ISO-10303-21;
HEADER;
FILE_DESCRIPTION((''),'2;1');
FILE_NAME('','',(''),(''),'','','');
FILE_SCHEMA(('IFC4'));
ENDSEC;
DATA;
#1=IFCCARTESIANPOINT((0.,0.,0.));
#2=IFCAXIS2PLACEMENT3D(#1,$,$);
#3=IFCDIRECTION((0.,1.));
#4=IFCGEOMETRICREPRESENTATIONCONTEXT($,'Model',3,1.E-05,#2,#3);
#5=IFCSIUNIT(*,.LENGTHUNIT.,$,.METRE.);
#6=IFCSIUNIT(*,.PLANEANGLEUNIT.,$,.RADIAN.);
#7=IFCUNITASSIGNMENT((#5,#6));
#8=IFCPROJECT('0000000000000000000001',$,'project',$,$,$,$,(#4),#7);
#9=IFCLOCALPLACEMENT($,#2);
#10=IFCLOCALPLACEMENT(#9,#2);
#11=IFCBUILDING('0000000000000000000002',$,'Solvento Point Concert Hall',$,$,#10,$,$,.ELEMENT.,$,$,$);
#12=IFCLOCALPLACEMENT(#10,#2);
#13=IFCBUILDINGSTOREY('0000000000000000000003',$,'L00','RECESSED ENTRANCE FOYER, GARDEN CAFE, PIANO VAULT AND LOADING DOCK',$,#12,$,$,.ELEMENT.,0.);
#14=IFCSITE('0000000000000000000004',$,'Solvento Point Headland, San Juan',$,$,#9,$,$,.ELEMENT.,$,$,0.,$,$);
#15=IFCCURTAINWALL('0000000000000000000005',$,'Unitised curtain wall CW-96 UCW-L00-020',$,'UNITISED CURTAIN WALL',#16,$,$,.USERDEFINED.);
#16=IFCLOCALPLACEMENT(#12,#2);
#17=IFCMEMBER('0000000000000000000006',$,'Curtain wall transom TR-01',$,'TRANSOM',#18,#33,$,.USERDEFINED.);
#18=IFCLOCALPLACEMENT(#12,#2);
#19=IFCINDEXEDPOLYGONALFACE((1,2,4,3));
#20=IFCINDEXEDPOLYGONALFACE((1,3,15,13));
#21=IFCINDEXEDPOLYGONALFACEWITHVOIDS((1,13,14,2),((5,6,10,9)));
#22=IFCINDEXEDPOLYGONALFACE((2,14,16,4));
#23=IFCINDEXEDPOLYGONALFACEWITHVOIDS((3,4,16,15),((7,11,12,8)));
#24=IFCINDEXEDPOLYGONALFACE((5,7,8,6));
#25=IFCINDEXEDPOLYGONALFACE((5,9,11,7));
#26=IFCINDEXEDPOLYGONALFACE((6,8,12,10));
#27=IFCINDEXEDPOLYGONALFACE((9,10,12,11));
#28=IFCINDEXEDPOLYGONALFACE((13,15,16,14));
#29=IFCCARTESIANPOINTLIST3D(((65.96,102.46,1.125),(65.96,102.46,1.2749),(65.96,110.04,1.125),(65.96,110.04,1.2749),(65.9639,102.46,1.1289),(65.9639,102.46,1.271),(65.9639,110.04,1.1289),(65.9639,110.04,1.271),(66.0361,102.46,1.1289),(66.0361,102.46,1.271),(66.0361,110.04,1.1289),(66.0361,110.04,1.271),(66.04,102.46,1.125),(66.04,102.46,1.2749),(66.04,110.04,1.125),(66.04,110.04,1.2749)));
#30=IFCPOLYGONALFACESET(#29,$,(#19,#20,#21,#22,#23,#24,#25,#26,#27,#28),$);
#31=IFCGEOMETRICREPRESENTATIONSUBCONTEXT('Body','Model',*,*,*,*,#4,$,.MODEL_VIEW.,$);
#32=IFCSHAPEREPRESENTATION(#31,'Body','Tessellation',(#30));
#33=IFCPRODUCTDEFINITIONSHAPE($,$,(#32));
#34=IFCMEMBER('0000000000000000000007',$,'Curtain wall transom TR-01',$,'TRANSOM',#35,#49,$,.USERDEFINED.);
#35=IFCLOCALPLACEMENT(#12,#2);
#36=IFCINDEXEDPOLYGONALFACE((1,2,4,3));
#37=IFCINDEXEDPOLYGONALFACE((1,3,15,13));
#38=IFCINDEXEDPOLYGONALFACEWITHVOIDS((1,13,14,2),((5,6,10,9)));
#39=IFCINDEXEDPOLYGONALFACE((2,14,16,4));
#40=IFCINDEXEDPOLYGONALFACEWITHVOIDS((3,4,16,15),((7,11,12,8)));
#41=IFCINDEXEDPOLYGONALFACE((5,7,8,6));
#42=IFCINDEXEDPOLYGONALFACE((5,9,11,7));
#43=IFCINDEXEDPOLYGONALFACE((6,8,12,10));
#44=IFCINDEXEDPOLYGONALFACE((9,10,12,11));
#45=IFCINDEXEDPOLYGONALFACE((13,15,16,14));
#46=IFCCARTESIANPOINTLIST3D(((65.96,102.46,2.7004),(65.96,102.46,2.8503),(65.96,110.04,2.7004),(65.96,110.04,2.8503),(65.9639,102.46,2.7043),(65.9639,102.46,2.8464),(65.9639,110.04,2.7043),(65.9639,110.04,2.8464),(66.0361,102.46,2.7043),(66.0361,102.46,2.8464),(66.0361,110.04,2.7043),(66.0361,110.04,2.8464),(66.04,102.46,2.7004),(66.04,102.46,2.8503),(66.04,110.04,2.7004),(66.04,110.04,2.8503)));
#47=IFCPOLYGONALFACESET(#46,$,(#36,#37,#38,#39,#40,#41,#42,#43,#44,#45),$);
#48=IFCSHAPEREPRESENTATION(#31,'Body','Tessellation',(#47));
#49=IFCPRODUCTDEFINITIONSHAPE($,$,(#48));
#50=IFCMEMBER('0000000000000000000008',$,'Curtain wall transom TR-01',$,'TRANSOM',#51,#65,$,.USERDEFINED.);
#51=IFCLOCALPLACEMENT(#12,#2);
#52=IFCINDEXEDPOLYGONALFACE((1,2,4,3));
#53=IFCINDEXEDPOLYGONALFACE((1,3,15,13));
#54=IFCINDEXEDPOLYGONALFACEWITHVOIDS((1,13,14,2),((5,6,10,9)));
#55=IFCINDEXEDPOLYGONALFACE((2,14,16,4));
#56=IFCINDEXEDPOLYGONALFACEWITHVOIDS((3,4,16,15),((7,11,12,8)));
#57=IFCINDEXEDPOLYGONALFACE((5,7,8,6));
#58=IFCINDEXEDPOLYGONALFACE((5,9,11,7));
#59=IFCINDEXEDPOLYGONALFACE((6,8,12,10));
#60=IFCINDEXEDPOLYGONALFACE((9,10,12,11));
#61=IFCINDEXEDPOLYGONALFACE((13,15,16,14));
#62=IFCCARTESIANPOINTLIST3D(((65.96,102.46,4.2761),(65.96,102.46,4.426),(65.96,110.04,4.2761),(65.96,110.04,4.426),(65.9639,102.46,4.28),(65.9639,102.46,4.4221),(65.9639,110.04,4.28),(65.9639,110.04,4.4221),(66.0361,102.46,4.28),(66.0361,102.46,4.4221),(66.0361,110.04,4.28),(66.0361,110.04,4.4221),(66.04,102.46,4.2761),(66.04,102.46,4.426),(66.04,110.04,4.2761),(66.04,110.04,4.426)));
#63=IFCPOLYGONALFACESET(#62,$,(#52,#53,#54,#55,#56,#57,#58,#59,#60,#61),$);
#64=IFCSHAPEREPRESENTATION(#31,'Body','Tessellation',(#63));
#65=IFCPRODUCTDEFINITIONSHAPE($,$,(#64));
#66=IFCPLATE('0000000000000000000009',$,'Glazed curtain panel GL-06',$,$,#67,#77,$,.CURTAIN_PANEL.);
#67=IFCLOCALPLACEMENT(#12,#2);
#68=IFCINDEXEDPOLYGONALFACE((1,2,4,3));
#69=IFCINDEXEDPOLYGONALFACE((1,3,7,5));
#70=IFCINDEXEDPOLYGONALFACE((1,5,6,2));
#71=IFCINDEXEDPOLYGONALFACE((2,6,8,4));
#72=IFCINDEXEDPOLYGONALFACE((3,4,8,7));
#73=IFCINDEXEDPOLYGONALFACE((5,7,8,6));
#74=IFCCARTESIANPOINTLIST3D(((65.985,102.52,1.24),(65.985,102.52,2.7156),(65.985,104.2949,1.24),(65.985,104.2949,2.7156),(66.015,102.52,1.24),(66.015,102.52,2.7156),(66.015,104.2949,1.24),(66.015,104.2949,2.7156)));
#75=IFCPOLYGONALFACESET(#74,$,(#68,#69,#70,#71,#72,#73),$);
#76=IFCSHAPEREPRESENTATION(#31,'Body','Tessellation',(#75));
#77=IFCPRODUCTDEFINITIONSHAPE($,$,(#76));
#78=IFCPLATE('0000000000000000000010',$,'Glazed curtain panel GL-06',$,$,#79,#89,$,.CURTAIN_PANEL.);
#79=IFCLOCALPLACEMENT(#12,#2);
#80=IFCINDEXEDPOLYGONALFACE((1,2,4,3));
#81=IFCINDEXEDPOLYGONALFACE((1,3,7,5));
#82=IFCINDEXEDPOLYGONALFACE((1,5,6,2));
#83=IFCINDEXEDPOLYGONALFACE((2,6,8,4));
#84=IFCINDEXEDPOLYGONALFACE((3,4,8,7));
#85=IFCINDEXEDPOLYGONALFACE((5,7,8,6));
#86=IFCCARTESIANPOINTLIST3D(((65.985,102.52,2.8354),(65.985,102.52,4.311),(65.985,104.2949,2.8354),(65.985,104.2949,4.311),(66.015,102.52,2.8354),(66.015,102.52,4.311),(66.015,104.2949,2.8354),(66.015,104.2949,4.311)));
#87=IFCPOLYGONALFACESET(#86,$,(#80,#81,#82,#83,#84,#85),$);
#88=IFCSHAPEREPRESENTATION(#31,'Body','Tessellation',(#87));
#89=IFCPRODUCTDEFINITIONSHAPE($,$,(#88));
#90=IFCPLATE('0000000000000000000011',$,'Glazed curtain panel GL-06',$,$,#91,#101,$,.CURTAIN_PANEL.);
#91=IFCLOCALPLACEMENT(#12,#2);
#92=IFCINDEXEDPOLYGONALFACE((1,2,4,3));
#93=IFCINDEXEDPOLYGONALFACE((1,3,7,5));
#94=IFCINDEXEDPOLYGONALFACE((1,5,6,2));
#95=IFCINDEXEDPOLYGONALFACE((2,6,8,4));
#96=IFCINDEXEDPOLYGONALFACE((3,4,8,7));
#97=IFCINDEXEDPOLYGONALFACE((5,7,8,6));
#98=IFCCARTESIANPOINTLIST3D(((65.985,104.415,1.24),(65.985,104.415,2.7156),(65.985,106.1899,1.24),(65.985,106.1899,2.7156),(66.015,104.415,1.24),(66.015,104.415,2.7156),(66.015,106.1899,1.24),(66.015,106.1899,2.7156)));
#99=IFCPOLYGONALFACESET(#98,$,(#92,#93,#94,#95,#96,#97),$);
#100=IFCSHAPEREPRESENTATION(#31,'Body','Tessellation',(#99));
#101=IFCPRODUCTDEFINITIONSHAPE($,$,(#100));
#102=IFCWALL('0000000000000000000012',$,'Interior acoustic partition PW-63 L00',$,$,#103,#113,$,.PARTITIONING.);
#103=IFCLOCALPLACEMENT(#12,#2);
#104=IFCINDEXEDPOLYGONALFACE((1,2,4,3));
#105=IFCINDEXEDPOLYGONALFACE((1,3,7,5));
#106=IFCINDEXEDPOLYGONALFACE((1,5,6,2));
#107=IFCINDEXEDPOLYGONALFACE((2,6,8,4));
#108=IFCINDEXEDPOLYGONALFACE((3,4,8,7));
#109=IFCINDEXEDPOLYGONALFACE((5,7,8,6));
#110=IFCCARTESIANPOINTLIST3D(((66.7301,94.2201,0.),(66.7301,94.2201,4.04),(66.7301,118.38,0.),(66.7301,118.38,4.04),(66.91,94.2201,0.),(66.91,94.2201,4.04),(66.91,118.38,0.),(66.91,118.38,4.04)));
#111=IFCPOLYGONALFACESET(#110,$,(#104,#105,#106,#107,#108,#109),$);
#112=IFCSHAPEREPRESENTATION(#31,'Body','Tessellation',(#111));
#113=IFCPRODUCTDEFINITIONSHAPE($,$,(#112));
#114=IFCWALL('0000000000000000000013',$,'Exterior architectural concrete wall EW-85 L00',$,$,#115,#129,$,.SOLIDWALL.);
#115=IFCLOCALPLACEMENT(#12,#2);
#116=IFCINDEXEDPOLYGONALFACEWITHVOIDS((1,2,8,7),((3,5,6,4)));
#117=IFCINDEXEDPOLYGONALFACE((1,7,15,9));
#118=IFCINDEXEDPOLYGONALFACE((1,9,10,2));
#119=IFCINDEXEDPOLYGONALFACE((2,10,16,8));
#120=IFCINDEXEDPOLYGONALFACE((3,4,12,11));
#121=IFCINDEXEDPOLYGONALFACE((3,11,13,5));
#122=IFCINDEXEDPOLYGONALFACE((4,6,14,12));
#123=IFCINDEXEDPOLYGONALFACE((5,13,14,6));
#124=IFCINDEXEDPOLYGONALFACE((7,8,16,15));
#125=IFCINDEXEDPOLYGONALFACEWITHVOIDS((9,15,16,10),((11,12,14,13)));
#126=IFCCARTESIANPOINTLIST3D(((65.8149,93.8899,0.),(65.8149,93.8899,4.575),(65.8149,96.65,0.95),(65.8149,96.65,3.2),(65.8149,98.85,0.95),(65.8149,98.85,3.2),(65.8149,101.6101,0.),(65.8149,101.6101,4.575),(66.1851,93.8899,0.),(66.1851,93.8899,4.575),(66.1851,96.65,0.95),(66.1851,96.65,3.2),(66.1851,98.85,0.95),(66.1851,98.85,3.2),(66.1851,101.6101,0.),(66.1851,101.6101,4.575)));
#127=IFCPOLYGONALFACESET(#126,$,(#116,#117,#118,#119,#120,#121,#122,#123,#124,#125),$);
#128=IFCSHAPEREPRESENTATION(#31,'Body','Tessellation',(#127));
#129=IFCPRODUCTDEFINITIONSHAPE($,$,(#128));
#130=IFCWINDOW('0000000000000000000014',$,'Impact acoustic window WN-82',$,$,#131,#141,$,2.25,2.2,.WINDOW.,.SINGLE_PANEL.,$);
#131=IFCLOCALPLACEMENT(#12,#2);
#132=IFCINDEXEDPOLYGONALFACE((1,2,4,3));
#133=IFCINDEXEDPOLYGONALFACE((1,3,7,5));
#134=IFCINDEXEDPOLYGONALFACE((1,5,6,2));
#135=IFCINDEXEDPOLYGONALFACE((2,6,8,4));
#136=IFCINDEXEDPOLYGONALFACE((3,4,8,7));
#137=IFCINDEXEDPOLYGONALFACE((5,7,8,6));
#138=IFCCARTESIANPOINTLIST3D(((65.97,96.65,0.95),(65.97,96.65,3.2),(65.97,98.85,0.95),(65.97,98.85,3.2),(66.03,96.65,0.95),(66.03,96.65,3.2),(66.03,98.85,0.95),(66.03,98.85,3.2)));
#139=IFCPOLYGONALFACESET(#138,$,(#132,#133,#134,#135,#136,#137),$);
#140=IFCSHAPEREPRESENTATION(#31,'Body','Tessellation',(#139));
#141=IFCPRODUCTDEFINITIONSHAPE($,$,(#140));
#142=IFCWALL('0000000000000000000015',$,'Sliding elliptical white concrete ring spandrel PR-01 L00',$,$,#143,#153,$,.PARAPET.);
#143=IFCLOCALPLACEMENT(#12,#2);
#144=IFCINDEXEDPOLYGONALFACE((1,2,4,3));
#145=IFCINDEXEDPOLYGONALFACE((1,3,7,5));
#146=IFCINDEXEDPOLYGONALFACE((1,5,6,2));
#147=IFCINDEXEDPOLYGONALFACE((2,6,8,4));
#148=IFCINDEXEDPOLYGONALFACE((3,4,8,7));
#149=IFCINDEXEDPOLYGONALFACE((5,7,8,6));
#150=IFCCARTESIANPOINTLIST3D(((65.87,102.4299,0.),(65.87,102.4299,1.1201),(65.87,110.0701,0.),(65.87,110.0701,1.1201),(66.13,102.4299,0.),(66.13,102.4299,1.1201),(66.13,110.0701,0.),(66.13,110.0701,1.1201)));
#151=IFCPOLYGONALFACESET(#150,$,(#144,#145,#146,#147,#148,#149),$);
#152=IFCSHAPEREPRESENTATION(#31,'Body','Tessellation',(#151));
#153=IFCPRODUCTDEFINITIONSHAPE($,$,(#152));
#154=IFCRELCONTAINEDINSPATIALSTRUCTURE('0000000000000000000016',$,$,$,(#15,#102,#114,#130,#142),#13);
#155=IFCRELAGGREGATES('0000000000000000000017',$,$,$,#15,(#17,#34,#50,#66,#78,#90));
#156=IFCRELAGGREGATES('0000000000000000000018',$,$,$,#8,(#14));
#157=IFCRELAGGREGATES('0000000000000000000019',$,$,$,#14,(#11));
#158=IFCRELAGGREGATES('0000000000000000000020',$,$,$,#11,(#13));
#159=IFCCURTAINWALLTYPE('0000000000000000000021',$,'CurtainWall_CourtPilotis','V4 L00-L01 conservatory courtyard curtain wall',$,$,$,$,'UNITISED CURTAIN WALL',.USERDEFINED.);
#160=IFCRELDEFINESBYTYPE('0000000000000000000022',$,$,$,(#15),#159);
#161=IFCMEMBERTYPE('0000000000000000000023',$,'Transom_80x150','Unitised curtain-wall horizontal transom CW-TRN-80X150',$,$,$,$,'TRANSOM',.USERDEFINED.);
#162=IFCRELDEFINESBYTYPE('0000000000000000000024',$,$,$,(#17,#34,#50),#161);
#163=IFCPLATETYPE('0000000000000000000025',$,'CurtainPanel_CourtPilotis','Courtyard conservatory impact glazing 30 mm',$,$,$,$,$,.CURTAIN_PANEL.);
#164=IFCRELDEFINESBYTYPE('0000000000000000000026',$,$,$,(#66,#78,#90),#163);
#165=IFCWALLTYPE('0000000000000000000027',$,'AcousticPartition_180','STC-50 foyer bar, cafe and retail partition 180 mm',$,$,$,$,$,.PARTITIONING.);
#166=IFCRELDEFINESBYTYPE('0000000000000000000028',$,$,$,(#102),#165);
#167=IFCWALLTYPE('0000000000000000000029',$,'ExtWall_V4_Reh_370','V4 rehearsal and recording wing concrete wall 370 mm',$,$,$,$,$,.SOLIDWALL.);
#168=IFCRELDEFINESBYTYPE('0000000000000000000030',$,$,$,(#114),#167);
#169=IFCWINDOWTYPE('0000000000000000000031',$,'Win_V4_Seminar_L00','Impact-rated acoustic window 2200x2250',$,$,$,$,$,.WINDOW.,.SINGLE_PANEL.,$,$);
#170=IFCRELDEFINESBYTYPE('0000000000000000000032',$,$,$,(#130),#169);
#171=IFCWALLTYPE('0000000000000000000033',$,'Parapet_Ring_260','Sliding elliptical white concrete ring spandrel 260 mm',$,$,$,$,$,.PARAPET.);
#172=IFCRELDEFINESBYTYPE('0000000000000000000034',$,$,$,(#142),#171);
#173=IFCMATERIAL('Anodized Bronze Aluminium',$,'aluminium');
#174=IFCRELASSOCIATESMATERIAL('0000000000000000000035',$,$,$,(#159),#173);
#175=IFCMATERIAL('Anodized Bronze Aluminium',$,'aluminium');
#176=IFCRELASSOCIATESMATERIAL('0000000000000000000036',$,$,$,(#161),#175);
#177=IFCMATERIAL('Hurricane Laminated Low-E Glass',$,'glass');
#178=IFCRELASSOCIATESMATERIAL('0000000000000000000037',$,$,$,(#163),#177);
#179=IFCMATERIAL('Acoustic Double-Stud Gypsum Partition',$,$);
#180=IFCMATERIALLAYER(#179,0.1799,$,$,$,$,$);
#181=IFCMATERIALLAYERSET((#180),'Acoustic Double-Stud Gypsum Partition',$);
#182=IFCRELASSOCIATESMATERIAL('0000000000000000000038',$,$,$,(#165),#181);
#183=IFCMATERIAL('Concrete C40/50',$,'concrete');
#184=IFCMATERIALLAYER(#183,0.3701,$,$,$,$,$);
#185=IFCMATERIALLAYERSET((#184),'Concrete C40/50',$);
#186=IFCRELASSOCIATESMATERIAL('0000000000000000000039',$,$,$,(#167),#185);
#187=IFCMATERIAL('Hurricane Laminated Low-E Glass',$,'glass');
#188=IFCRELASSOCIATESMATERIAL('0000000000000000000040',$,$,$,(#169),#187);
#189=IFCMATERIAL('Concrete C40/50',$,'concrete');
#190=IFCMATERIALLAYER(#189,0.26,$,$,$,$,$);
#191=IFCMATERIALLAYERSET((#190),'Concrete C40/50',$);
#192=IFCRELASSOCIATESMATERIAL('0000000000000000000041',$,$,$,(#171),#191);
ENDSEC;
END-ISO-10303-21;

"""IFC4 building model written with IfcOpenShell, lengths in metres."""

from ifc_helpers import new_model, si_unit, direction, frame, frame_2d, origin, origin_2d, place, context, subcontext, project, spatial, rectangle, hollow_rectangle, extrude, material, layer, layer_set, material_profile, profile_set, type_object, element, fill, aggregate, save


model = new_model("IFC4")

# Units and contexts
model_context = context("Model", 3, precision=1e-05, world=origin(), true_north=direction((0.0, 1.0)))
body_context = subcontext(model_context, "Body", "Model", "MODEL_VIEW")
ifc_project = project(units=[si_unit("LENGTHUNIT", "METRE"), si_unit("PLANEANGLEUNIT", "RADIAN")], contexts=[model_context])

# Site, building, storey
site_placement = place(None, origin())
site = spatial("IfcSite", under=ifc_project, at=site_placement, Name="Solvento Point Headland, San Juan", CompositionType="ELEMENT", RefElevation=0.0)
building_placement = place(site_placement, origin())
building = spatial("IfcBuilding", under=site, at=building_placement, Name="Solvento Point Concert Hall", CompositionType="ELEMENT")
storey_placement = place(building_placement, origin())
storey = spatial("IfcBuildingStorey", under=building, at=storey_placement, Name="L00", Description="RECESSED ENTRANCE FOYER, GARDEN CAFE, PIANO VAULT AND LOADING DOCK", CompositionType="ELEMENT", Elevation=0.0)

# Curtain wall, members, plates
ifc_material_1 = material(Name="Anodized Bronze Aluminium", Category="aluminium")
curtain_wall_type = type_object("IfcCurtainWallType", Name="CurtainWall_CourtPilotis", Description="V4 L00-L01 conservatory courtyard curtain wall", ElementType="UNITISED CURTAIN WALL", PredefinedType="USERDEFINED", material=ifc_material_1)
curtain_wall_placement = place(storey_placement, origin())
curtain_wall = element("IfcCurtainWall", 1, at=curtain_wall_placement, inside=storey, type_object=curtain_wall_type, Name="Unitised curtain wall CW-96 UCW-L00-020", ObjectType="UNITISED CURTAIN WALL", PredefinedType="USERDEFINED")
ifc_material_2 = material(Name="Anodized Bronze Aluminium", Category="aluminium")
ifc_material_profile_1 = material_profile(ifc_material_2, hollow_rectangle(XDim=0.0801, YDim=0.1499, WallThickness=0.0039, at=origin_2d()), Name="CW-TRN-80X150")
ifc_profile_set_1 = profile_set([ifc_material_profile_1], Name="Anodized Bronze Aluminium")
member_type_1 = type_object("IfcMemberType", Name="Transom_80x150", Description="Unitised curtain-wall horizontal transom CW-TRN-80X150", ElementType="TRANSOM", PredefinedType="USERDEFINED", material=ifc_profile_set_1)
member_1_placement = place(storey_placement, frame((66.0, 102.46, 1.2), z_axis=(0.0, 1.0, 0.0), x_axis=(-1.0, 0.0, 0.0)))
member_1 = element("IfcMember", 2, at=member_1_placement, type_object=member_type_1, Name="Curtain wall transom TR-01", ObjectType="TRANSOM", PredefinedType="USERDEFINED", context=body_context, shape_type="SweptSolid", body=[
    extrude(hollow_rectangle(XDim=0.0801, YDim=0.1499, WallThickness=0.0039, at=origin_2d()), origin(), (0.0, 0.0, 1.0), 7.5801),
])
member_2_placement = place(storey_placement, frame((66.0, 102.46, 2.7754), z_axis=(0.0, 1.0, 0.0), x_axis=(-1.0, 0.0, 0.0)))
member_2 = element("IfcMember", 3, at=member_2_placement, type_object=member_type_1, Name="Curtain wall transom TR-01", ObjectType="TRANSOM", PredefinedType="USERDEFINED", context=body_context, shape_type="SweptSolid", body=[
    extrude(hollow_rectangle(XDim=0.0801, YDim=0.1499, WallThickness=0.0039, at=origin_2d()), origin(), (0.0, 0.0, 1.0), 7.5801),
])
member_3_placement = place(storey_placement, frame((66.0, 102.46, 4.3511), z_axis=(0.0, 1.0, 0.0), x_axis=(-1.0, 0.0, 0.0)))
member_3 = element("IfcMember", 4, at=member_3_placement, type_object=member_type_1, Name="Curtain wall transom TR-01", ObjectType="TRANSOM", PredefinedType="USERDEFINED", context=body_context, shape_type="SweptSolid", body=[
    extrude(hollow_rectangle(XDim=0.0801, YDim=0.1499, WallThickness=0.0039, at=origin_2d()), origin(), (0.0, 0.0, 1.0), 7.5801),
])
ifc_material_3 = material(Name="Hurricane Laminated Low-E Glass", Category="glass")
plate_type = type_object("IfcPlateType", Name="CurtainPanel_CourtPilotis", Description="Courtyard conservatory impact glazing 30 mm", PredefinedType="CURTAIN_PANEL", material=ifc_material_3)
plate_1_placement = place(storey_placement, frame((66.0, 103.4075, 1.24), z_axis=(0.0, 0.0, 1.0), x_axis=(0.0, 1.0, 0.0)))
plate_1 = element("IfcPlate", 5, at=plate_1_placement, type_object=plate_type, Name="Glazed curtain panel GL-06", PredefinedType="CURTAIN_PANEL", context=body_context, shape_type="SweptSolid", body=[
    extrude(rectangle(XDim=1.7749, YDim=0.03, at=origin_2d()), origin(), (0.0, 0.0, 1.0), 1.4756),
])
plate_2_placement = place(storey_placement, frame((66.0, 103.4075, 2.8354), z_axis=(0.0, 0.0, 1.0), x_axis=(0.0, 1.0, 0.0)))
plate_2 = element("IfcPlate", 6, at=plate_2_placement, type_object=plate_type, Name="Glazed curtain panel GL-06", PredefinedType="CURTAIN_PANEL", context=body_context, shape_type="SweptSolid", body=[
    extrude(rectangle(XDim=1.7749, YDim=0.03, at=origin_2d()), origin(), (0.0, 0.0, 1.0), 1.4756),
])
plate_3_placement = place(storey_placement, frame((66.0, 105.3025, 1.24), z_axis=(0.0, 0.0, 1.0), x_axis=(0.0, 1.0, 0.0)))
plate_3 = element("IfcPlate", 7, at=plate_3_placement, type_object=plate_type, Name="Glazed curtain panel GL-06", PredefinedType="CURTAIN_PANEL", context=body_context, shape_type="SweptSolid", body=[
    extrude(rectangle(XDim=1.7749, YDim=0.03, at=origin_2d()), origin(), (0.0, 0.0, 1.0), 1.4756),
])
aggregate(curtain_wall, [member_1, member_2, member_3, plate_1, plate_2, plate_3])

# Wall
ifc_material_4 = material(Name="Acoustic Double-Stud Gypsum Partition")
ifc_layer_1 = layer(ifc_material_4, 0.1799)
ifc_layer_set_1 = layer_set([ifc_layer_1], Name="Acoustic Double-Stud Gypsum Partition")
wall_type_1 = type_object("IfcWallType", Name="AcousticPartition_180", Description="STC-50 foyer bar, cafe and retail partition 180 mm", PredefinedType="PARTITIONING", material=ifc_layer_set_1)
wall_1_placement = place(storey_placement, frame((66.8201, 94.22, 0.0), z_axis=(0.0, 0.0, 1.0), x_axis=(0.0, 1.0, 0.0)))
element("IfcWall", 8, at=wall_1_placement, inside=storey, type_object=wall_type_1, Name="Interior acoustic partition PW-63 L00", PredefinedType="PARTITIONING", context=body_context, shape_type="SweptSolid", body=[
    extrude(rectangle(XDim=24.1599, YDim=0.1799, at=frame_2d((12.0801, 0.0))), origin(), (0.0, 0.0, 1.0), 4.04),
])

# Wall, opening, window
ifc_material_5 = material(Name="Concrete C40/50", Category="concrete")
ifc_layer_2 = layer(ifc_material_5, 0.3701)
ifc_layer_set_2 = layer_set([ifc_layer_2], Name="Concrete C40/50")
wall_type_2 = type_object("IfcWallType", Name="ExtWall_V4_Reh_370", Description="V4 rehearsal and recording wing concrete wall 370 mm", PredefinedType="SOLIDWALL", material=ifc_layer_set_2)
wall_2_placement = place(storey_placement, frame((66.0, 93.8899, 0.0), z_axis=(0.0, 0.0, 1.0), x_axis=(0.0, 1.0, 0.0)))
wall_2 = element("IfcWall", 9, at=wall_2_placement, inside=storey, type_object=wall_type_2, Name="Exterior architectural concrete wall EW-85 L00", PredefinedType="SOLIDWALL", context=body_context, shape_type="SweptSolid", body=[
    extrude(rectangle(XDim=7.7202, YDim=0.3701, at=frame_2d((3.8601, 0.0))), origin(), (0.0, 0.0, 1.0), 4.575),
])
opening_placement = place(wall_2_placement, frame((2.76, 0.0, 0.95)))
opening = element("IfcOpeningElement", 10, at=opening_placement, cuts=wall_2, PredefinedType="OPENING", context=body_context, shape_type="SweptSolid", body=[
    extrude(rectangle(XDim=2.2, YDim=2.25, at=frame_2d((1.1001, 1.125))), frame((0.0, 0.1951, 0.0), z_axis=(0.0, -1.0, 0.0), x_axis=(1.0, 0.0, 0.0)), (0.0, 0.0, 1.0), 0.3901),
])
ifc_material_6 = material(Name="Hurricane Laminated Low-E Glass", Category="glass")
window_type = type_object("IfcWindowType", Name="Win_V4_Seminar_L00", Description="Impact-rated acoustic window 2200x2250", PartitioningType="SINGLE_PANEL", PredefinedType="WINDOW", material=ifc_material_6)
window_placement = place(opening_placement, origin())
window = element("IfcWindow", 11, at=window_placement, inside=storey, type_object=window_type, Name="Impact acoustic window WN-82", OverallHeight=2.25, OverallWidth=2.2, PartitioningType="SINGLE_PANEL", PredefinedType="WINDOW", context=body_context, shape_type="SweptSolid", body=[
    extrude(rectangle(XDim=2.2, YDim=2.25, at=frame_2d((1.1001, 1.125))), frame((0.0, 0.03, 0.0), z_axis=(0.0, -1.0, 0.0), x_axis=(1.0, 0.0, 0.0)), (0.0, 0.0, 1.0), 0.0601),
])
fill(opening, window)

# Wall
ifc_material_7 = material(Name="Concrete C40/50", Category="concrete")
ifc_layer_3 = layer(ifc_material_7, 0.26)
ifc_layer_set_3 = layer_set([ifc_layer_3], Name="Concrete C40/50")
wall_type_3 = type_object("IfcWallType", Name="Parapet_Ring_260", Description="Sliding elliptical white concrete ring spandrel 260 mm", PredefinedType="PARAPET", material=ifc_layer_set_3)
wall_3_placement = place(storey_placement, frame((66.0, 102.4299, 0.0), z_axis=(0.0, 0.0, 1.0), x_axis=(0.0, 1.0, 0.0)))
element("IfcWall", 12, at=wall_3_placement, inside=storey, type_object=wall_type_3, Name="Sliding elliptical white concrete ring spandrel PR-01 L00", PredefinedType="PARAPET", context=body_context, shape_type="SweptSolid", body=[
    extrude(rectangle(XDim=7.6401, YDim=0.26, at=frame_2d((3.8201, 0.0))), origin(), (0.0, 0.0, 1.0), 1.1201),
])

save(model, "model.ifc")
